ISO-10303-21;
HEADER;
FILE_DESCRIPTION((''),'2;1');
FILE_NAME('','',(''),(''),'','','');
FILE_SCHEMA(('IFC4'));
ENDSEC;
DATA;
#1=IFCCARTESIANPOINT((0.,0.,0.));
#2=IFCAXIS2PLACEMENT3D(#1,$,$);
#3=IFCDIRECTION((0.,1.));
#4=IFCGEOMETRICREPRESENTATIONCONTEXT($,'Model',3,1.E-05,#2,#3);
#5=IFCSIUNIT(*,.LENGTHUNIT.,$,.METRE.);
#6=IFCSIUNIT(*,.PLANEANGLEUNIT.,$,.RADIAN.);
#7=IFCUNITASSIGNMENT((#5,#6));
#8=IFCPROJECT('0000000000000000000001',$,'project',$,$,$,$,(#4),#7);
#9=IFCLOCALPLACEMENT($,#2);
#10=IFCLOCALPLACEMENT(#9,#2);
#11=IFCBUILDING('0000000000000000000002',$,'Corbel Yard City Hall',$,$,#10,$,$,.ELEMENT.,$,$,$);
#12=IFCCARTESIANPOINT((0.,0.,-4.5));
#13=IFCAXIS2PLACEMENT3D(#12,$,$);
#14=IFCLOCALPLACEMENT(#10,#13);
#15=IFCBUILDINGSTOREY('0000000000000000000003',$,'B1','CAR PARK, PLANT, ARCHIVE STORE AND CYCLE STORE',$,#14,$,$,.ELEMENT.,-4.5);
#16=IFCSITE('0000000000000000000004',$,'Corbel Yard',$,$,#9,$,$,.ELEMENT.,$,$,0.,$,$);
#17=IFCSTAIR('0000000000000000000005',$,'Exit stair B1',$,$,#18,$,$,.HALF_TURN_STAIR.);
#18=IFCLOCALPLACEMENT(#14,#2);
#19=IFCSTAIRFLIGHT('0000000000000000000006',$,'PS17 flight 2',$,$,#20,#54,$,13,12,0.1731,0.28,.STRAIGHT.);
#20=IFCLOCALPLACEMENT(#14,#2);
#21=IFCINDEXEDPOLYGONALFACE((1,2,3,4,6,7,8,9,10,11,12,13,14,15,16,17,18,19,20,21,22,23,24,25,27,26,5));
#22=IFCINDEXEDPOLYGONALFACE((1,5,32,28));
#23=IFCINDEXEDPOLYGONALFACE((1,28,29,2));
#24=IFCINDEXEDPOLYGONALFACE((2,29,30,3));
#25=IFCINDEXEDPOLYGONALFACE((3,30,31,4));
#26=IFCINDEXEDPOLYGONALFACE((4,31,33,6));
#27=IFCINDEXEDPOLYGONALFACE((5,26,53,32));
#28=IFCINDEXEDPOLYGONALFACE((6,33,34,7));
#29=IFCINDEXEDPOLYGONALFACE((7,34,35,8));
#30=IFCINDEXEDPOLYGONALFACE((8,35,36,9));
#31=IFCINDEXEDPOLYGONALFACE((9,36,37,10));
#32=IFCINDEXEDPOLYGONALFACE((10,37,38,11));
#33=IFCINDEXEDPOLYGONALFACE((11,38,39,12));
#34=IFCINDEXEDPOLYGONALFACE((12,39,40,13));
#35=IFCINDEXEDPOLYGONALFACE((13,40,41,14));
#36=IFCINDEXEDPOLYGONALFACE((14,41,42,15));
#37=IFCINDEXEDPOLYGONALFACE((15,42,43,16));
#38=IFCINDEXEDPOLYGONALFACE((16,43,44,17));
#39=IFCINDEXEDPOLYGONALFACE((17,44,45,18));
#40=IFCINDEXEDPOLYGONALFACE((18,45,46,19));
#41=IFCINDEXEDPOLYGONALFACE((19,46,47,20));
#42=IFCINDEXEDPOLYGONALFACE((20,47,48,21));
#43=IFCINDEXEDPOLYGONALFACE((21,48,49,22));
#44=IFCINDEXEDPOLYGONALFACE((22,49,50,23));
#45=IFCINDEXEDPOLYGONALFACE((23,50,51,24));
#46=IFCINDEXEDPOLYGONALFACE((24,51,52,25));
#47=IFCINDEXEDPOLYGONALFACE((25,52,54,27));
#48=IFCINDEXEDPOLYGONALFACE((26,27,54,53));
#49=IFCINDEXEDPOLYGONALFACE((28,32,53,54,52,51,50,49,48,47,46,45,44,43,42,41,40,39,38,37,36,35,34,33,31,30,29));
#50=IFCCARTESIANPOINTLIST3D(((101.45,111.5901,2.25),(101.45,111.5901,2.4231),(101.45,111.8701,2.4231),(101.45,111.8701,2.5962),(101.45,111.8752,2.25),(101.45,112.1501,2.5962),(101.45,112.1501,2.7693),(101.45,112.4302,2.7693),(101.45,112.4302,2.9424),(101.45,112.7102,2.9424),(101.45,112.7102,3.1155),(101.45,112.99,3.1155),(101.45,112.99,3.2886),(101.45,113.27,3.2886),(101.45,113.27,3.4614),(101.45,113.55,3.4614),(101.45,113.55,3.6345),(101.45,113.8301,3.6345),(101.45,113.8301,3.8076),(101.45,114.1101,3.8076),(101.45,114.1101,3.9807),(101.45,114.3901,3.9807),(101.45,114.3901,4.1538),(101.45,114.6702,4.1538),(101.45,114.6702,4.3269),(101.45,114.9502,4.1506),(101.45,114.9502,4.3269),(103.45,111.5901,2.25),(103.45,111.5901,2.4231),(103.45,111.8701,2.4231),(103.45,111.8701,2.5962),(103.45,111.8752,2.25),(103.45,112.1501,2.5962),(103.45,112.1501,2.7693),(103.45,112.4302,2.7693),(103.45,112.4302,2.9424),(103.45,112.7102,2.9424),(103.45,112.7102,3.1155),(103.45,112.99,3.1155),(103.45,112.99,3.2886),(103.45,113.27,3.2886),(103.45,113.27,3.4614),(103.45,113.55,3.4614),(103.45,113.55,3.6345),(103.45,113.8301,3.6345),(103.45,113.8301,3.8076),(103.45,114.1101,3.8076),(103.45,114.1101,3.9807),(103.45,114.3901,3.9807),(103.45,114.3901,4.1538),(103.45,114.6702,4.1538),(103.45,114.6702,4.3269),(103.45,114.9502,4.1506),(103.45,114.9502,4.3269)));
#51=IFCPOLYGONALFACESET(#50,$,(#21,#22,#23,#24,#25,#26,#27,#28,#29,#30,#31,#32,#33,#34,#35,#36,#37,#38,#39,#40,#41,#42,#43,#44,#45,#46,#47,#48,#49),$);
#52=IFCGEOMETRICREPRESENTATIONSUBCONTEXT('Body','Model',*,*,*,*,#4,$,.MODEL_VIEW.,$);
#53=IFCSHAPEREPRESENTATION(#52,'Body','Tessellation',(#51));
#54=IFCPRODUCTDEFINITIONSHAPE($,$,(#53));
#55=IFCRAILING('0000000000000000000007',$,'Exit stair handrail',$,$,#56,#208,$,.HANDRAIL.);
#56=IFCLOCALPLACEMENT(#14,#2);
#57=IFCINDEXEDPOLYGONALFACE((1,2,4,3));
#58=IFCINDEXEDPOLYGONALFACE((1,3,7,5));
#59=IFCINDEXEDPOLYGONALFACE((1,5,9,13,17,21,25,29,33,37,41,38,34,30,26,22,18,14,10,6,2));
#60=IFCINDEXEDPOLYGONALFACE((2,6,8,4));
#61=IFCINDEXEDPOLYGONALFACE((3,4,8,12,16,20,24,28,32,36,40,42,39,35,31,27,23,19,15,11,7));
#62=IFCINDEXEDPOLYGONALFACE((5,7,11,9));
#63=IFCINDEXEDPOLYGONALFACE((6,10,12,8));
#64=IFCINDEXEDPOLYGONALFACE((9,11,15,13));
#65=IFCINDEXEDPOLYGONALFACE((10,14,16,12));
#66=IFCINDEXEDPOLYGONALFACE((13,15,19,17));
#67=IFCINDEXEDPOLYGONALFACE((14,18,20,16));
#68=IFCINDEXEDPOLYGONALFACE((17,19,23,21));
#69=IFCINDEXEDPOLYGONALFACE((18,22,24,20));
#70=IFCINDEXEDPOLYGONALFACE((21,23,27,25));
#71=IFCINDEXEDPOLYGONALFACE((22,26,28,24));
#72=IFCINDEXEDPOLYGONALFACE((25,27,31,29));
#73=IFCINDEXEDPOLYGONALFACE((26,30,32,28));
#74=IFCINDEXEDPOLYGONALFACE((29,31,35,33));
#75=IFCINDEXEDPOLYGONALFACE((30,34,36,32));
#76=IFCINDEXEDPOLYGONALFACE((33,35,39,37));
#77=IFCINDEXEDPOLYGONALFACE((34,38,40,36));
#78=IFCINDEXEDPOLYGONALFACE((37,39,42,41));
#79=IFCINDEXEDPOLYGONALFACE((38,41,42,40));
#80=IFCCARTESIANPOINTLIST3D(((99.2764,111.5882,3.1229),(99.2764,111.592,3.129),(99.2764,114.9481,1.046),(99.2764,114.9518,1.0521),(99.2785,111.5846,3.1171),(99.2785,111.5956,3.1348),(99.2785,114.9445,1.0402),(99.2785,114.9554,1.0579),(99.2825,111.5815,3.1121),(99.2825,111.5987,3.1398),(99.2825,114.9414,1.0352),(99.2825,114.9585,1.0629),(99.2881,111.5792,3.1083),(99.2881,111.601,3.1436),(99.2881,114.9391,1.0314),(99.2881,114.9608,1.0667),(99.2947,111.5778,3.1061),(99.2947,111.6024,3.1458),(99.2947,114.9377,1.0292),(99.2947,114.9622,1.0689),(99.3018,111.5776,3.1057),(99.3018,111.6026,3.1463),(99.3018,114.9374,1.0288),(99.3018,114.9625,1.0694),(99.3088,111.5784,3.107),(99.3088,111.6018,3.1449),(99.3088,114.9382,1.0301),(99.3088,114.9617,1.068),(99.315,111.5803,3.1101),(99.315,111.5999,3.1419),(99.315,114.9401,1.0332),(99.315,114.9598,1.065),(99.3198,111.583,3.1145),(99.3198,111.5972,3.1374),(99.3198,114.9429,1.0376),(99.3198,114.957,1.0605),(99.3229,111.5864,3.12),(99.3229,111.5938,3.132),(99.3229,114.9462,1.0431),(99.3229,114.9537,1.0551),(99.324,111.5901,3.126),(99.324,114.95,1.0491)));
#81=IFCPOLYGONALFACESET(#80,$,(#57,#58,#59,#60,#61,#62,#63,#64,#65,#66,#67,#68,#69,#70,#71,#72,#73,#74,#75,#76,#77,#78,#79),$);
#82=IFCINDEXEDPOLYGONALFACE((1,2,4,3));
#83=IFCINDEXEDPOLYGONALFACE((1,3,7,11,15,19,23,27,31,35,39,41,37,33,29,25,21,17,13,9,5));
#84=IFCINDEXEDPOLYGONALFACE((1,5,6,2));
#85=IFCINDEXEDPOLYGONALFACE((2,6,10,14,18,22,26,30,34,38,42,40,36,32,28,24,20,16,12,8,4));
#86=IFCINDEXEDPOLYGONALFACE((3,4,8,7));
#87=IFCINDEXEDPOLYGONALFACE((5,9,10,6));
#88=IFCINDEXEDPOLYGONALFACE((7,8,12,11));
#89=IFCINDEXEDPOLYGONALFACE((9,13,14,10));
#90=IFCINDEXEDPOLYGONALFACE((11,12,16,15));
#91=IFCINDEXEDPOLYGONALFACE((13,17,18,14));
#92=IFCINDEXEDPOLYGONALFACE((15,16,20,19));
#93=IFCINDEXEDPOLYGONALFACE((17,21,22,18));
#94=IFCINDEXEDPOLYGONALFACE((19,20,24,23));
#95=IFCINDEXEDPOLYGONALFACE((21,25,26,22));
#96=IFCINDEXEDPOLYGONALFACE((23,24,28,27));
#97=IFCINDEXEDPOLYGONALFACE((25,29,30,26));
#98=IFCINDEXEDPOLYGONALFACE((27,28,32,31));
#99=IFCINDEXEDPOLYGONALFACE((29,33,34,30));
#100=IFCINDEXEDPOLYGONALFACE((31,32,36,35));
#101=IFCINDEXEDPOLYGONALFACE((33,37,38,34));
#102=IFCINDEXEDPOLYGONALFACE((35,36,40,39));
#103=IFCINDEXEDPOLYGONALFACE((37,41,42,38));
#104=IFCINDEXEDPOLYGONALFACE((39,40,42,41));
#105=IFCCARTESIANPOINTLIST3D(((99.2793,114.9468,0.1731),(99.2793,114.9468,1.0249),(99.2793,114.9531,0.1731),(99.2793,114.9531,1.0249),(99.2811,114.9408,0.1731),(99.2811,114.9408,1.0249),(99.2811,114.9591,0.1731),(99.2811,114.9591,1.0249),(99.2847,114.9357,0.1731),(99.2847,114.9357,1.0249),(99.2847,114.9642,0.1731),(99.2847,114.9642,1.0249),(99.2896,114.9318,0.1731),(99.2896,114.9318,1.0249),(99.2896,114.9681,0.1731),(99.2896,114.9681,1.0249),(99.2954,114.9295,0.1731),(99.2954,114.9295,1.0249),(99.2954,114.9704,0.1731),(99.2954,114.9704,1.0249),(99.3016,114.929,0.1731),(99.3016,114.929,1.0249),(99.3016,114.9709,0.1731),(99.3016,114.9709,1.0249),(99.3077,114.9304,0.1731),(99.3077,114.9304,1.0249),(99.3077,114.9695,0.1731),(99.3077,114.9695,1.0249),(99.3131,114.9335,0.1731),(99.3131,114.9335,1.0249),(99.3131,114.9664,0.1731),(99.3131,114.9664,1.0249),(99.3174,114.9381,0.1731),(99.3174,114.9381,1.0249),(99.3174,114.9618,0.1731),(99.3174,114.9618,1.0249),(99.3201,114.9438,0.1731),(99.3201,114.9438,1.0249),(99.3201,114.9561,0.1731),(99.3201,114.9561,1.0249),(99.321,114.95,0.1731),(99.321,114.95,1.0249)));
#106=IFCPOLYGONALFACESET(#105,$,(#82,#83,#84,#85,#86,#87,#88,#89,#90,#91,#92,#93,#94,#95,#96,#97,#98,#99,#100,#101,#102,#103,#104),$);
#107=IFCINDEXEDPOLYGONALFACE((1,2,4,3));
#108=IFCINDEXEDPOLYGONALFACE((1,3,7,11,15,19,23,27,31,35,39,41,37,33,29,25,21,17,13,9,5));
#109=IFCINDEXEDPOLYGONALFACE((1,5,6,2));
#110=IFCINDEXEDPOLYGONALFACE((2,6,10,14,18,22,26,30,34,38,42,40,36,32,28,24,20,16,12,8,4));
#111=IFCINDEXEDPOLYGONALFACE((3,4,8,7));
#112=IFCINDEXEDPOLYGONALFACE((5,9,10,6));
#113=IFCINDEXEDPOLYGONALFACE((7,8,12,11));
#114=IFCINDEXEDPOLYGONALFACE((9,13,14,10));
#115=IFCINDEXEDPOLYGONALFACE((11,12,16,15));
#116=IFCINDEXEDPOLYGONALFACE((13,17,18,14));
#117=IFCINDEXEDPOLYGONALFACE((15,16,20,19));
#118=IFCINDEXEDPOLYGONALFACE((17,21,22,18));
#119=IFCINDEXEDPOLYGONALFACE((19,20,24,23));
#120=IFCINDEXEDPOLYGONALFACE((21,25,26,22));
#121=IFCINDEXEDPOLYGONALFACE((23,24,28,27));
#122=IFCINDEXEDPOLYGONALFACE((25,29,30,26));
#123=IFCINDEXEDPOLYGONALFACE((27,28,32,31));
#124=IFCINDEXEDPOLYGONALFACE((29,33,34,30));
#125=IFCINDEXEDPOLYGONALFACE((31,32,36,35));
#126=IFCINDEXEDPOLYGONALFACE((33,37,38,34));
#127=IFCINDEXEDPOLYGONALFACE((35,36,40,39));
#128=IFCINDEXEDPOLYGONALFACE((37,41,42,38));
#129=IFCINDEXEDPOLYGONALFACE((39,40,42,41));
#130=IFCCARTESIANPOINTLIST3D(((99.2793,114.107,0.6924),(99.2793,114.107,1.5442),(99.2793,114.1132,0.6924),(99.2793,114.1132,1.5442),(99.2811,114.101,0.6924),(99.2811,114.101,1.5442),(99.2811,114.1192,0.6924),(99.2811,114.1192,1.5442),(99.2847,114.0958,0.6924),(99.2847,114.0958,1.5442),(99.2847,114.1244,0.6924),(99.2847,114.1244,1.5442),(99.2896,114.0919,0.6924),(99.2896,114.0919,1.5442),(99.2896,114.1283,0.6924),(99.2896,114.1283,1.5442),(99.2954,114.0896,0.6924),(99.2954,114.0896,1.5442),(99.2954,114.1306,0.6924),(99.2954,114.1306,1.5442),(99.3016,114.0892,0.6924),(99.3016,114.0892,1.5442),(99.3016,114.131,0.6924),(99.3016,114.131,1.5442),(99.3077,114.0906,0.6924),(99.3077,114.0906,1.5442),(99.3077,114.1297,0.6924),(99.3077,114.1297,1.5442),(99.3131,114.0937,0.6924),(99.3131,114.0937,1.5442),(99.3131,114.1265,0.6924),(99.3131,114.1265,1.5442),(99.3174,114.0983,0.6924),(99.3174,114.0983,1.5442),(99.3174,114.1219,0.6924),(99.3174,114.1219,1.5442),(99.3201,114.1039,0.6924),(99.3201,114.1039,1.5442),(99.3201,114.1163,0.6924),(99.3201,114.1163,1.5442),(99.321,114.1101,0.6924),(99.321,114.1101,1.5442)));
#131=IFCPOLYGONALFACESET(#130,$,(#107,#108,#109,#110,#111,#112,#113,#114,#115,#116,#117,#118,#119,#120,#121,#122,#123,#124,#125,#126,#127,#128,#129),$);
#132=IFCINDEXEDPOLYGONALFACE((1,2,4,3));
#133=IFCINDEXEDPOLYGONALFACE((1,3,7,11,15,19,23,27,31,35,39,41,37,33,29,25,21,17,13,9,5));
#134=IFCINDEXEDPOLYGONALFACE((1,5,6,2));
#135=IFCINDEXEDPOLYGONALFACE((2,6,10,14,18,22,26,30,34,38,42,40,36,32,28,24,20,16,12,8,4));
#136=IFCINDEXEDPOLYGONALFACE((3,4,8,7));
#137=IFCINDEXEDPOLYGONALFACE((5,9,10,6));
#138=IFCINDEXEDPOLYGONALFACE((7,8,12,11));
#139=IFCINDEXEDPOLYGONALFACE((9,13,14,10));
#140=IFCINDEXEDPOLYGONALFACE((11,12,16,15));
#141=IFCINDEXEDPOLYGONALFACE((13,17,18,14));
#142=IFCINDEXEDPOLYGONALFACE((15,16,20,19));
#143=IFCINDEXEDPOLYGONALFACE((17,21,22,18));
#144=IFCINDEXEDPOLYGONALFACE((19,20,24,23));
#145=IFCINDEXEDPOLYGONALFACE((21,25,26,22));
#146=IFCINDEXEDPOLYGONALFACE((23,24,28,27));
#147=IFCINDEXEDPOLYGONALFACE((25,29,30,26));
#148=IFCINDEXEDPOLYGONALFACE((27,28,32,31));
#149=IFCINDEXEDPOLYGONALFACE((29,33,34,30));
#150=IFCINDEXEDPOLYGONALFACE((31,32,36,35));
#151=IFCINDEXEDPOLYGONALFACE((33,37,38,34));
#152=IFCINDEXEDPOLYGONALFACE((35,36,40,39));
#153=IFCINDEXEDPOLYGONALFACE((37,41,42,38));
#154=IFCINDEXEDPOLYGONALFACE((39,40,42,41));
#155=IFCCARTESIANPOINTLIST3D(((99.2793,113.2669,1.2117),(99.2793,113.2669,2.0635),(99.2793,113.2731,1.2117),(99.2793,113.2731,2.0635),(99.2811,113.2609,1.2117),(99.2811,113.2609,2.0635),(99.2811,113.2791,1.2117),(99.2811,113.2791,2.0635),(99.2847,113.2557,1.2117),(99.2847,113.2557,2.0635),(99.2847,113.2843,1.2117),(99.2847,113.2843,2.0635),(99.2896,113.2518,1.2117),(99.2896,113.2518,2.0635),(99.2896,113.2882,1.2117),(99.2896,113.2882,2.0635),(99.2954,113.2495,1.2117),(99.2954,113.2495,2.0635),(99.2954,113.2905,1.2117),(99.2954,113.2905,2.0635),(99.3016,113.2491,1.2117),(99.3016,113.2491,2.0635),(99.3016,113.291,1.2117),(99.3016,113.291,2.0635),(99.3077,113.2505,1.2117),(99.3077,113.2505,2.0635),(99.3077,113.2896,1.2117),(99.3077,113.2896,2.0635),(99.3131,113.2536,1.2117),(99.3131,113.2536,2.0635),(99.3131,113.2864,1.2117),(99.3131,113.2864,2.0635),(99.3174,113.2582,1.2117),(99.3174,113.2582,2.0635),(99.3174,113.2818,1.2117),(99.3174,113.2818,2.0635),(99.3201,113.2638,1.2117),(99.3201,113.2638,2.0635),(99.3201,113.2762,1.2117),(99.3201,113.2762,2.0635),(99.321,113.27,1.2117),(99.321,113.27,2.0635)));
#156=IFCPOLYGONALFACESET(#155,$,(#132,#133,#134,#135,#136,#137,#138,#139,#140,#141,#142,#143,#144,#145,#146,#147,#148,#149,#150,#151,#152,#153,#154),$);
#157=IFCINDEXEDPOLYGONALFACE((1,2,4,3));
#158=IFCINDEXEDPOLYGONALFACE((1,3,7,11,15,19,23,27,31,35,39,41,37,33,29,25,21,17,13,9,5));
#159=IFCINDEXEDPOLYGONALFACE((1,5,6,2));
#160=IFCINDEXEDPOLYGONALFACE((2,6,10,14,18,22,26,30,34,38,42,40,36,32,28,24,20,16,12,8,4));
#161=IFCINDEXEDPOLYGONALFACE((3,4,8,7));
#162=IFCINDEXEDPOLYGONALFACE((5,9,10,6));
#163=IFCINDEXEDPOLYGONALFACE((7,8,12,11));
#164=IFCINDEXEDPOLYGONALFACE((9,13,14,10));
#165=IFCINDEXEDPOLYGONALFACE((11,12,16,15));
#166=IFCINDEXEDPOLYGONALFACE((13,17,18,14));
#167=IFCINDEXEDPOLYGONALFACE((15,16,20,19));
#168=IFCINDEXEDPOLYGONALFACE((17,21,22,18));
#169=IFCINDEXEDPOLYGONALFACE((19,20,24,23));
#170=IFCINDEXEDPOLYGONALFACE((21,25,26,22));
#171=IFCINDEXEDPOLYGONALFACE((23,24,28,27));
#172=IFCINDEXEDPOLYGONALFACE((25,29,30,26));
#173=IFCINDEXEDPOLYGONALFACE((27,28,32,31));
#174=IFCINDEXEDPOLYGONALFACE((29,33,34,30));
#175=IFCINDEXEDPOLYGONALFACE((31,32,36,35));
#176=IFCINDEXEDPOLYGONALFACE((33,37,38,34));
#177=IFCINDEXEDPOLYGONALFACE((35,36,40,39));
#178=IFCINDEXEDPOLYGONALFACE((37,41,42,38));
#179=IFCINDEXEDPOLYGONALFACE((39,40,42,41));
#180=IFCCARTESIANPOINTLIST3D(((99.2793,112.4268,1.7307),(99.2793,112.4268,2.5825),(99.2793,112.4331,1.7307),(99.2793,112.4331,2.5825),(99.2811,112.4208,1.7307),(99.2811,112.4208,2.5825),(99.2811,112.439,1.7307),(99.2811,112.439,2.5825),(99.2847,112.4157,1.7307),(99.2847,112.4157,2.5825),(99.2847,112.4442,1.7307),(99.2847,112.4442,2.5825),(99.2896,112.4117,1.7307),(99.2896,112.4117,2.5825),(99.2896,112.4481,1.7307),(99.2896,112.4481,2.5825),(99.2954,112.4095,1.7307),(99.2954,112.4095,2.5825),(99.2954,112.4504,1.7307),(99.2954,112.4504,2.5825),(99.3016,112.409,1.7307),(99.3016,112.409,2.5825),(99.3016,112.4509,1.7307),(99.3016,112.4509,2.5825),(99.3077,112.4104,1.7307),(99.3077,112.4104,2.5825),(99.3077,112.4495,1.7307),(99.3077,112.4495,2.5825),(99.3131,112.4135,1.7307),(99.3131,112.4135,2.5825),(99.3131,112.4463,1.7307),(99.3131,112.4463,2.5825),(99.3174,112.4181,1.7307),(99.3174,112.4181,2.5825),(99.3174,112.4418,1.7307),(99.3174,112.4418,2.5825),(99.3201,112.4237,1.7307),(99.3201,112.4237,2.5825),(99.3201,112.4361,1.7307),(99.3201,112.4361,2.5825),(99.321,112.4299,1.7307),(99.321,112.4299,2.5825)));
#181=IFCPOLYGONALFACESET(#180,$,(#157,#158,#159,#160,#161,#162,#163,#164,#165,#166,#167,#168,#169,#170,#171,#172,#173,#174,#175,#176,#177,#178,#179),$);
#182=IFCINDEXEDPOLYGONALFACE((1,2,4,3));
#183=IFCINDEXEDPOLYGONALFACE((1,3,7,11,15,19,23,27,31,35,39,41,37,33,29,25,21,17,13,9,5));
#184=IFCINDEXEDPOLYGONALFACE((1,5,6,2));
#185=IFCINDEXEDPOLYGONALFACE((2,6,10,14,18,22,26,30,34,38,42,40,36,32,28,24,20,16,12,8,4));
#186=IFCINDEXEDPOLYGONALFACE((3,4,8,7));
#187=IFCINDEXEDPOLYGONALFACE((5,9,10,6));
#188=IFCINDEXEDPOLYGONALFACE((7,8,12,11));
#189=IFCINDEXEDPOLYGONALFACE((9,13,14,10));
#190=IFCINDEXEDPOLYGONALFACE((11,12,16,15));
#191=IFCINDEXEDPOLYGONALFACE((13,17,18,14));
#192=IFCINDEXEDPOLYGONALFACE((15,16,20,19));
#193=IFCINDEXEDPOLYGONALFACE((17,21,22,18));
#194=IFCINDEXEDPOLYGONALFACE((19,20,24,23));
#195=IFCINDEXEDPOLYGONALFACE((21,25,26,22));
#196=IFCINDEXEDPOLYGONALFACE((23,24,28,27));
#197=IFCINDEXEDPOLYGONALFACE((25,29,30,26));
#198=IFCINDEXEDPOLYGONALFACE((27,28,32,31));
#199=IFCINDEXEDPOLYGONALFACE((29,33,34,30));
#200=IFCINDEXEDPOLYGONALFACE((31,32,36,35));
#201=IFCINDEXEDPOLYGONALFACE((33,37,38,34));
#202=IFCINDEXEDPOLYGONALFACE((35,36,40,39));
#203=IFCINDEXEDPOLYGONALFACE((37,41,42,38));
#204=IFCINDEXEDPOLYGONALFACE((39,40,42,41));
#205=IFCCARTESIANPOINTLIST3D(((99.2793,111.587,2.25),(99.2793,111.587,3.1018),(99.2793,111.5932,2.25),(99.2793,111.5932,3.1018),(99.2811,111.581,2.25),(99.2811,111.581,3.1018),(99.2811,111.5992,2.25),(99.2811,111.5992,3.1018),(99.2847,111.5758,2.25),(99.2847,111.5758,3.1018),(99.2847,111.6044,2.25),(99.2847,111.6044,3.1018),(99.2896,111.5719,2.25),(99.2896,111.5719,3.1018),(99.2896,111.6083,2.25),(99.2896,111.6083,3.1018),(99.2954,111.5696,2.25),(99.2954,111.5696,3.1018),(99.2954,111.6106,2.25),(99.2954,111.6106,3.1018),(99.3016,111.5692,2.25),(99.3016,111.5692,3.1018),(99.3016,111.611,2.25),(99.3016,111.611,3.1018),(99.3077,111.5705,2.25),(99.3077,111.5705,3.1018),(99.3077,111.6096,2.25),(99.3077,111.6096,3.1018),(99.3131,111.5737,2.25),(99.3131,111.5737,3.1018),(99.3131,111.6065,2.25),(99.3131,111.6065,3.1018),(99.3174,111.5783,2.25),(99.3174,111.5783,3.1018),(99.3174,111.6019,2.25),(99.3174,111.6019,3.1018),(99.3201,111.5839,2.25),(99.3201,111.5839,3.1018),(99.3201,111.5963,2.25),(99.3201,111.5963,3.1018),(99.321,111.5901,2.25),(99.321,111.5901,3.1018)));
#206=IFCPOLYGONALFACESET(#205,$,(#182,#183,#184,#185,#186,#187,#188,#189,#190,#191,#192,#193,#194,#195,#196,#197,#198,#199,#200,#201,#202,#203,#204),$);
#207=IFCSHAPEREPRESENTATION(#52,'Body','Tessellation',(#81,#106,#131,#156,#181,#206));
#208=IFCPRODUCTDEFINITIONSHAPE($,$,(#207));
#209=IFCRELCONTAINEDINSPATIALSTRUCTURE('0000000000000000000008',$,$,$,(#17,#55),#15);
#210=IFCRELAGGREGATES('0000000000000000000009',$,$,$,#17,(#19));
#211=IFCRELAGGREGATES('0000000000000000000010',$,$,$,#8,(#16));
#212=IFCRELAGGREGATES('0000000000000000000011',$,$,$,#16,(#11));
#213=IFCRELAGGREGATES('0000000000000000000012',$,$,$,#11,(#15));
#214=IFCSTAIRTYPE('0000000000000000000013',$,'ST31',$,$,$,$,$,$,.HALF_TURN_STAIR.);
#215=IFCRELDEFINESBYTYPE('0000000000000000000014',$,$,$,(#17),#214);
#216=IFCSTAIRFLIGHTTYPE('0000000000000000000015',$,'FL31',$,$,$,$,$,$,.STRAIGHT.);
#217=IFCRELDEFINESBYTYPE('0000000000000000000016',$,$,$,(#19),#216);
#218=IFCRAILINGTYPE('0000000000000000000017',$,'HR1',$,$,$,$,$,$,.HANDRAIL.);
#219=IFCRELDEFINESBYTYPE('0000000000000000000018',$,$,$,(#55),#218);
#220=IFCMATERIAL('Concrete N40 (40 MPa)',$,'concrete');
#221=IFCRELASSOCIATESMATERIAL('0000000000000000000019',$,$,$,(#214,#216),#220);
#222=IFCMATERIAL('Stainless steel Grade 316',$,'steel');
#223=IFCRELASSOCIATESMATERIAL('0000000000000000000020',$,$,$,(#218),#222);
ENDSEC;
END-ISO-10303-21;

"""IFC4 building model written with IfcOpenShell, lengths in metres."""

from ifc_helpers import new_model, si_unit, direction, frame, origin, origin_2d, place, context, subcontext, project, spatial, polyline, circle, outline, extrude, material, type_object, element, aggregate, save


model = new_model("IFC4")

# Units and contexts
model_context = context("Model", 3, precision=1e-05, world=origin(), true_north=direction((0.0, 1.0)))
body_context = subcontext(model_context, "Body", "Model", "MODEL_VIEW")
ifc_project = project(units=[si_unit("LENGTHUNIT", "METRE"), si_unit("PLANEANGLEUNIT", "RADIAN")], contexts=[model_context])

# Site, building, storey
site_placement = place(None, origin())
site = spatial("IfcSite", under=ifc_project, at=site_placement, Name="Corbel Yard", CompositionType="ELEMENT", RefElevation=0.0)
building_placement = place(site_placement, origin())
building = spatial("IfcBuilding", under=site, at=building_placement, Name="Corbel Yard City Hall", CompositionType="ELEMENT")
storey_placement = place(building_placement, frame((0.0, 0.0, -4.5)))
storey = spatial("IfcBuildingStorey", under=building, at=storey_placement, Name="B1", Description="CAR PARK, PLANT, ARCHIVE STORE AND CYCLE STORE", CompositionType="ELEMENT", Elevation=-4.5)

# Shared definitions
ifc_material_1 = material(Name="Concrete N40 (40 MPa)", Category="concrete")

# Shared definitions
ifc_material_2 = material(Name="Stainless steel Grade 316", Category="steel")

# Stair, stair flight
stair_type = type_object("IfcStairType", Name="ST31", PredefinedType="HALF_TURN_STAIR", material=ifc_material_1)
stair_placement = place(storey_placement, origin())
stair = element("IfcStair", 1, at=stair_placement, inside=storey, type_object=stair_type, Name="Exit stair B1", PredefinedType="HALF_TURN_STAIR")
stair_flight_type = type_object("IfcStairFlightType", Name="FL31", PredefinedType="STRAIGHT", material=ifc_material_1)
stair_flight_1_placement = place(storey_placement, frame((102.45, 111.5901, 2.25), z_axis=(0.0, 0.0, 1.0), x_axis=(0.0, 1.0, 0.0)))
stair_flight_1 = element("IfcStairFlight", 2, at=stair_flight_1_placement, type_object=stair_flight_type, Name="PS17 flight 2", NumberOfRisers=13, NumberOfTreads=12, PredefinedType="STRAIGHT", RiserHeight=0.1731, TreadLength=0.28, context=body_context, shape_type="SweptSolid", body=[
    extrude(outline(polyline([(0.0, 0.0), (0.0, 0.1731), (0.28, 0.1731), (0.28, 0.3462), (0.5601, 0.3462), (0.5601, 0.5193), (0.8401, 0.5193), (0.8401, 0.6924), (1.1201, 0.6924), (1.1201, 0.8655), (1.3999, 0.8655), (1.3999, 1.0386), (1.6799, 1.0386), (1.6799, 1.2114), (1.96, 1.2114), (1.96, 1.3845), (2.24, 1.3845), (2.24, 1.5576), (2.52, 1.5576), (2.52, 1.7307), (2.8, 1.7307), (2.8, 1.9038), (3.0801, 1.9038), (3.0801, 2.0769), (3.3601, 2.0769), (3.3601, 2.25), (3.3601, 1.9006), (0.2852, 0.0), (0.0, 0.0)])), frame((0.0, 1.0, 0.0), z_axis=(0.0, -1.0, 0.0), x_axis=(1.0, 0.0, 0.0)), (0.0, 0.0, 1.0), 2.0),
])
aggregate(stair, [stair_flight_1])

# Railing
railing_type = type_object("IfcRailingType", Name="HR1", PredefinedType="HANDRAIL", material=ifc_material_2)
for number, where, name in (
    (3, (99.3, 114.95, 0.1731), "Exit stair handrail"),
):
    element("IfcRailing", number, at=place(storey_placement, frame(where)), inside=storey, type_object=railing_type, Name=name, PredefinedType="HANDRAIL", context=body_context, shape_type="SweptSolid", body=[
        extrude(circle(Radius=0.0239, at=origin_2d()), frame((0.0, 0.0, 0.876), z_axis=(0.0, -0.850606, 0.525803), x_axis=(1.0, 0.0, 0.0)), (0.0, 0.0, 1.0), 3.95),
        extrude(circle(Radius=0.021, at=origin_2d()), origin(), (0.0, 0.0, 1.0), 0.8518),
        extrude(circle(Radius=0.021, at=origin_2d()), frame((0.0, -0.8398, 0.5193)), (0.0, 0.0, 1.0), 0.8518),
        extrude(circle(Radius=0.021, at=origin_2d()), frame((0.0, -1.6799, 1.0386)), (0.0, 0.0, 1.0), 0.8518),
        extrude(circle(Radius=0.021, at=origin_2d()), frame((0.0, -2.52, 1.5576)), (0.0, 0.0, 1.0), 0.8518),
        extrude(circle(Radius=0.021, at=origin_2d()), frame((0.0, -3.3599, 2.0769)), (0.0, 0.0, 1.0), 0.8518),
    ])

save(model, "model.ifc")
